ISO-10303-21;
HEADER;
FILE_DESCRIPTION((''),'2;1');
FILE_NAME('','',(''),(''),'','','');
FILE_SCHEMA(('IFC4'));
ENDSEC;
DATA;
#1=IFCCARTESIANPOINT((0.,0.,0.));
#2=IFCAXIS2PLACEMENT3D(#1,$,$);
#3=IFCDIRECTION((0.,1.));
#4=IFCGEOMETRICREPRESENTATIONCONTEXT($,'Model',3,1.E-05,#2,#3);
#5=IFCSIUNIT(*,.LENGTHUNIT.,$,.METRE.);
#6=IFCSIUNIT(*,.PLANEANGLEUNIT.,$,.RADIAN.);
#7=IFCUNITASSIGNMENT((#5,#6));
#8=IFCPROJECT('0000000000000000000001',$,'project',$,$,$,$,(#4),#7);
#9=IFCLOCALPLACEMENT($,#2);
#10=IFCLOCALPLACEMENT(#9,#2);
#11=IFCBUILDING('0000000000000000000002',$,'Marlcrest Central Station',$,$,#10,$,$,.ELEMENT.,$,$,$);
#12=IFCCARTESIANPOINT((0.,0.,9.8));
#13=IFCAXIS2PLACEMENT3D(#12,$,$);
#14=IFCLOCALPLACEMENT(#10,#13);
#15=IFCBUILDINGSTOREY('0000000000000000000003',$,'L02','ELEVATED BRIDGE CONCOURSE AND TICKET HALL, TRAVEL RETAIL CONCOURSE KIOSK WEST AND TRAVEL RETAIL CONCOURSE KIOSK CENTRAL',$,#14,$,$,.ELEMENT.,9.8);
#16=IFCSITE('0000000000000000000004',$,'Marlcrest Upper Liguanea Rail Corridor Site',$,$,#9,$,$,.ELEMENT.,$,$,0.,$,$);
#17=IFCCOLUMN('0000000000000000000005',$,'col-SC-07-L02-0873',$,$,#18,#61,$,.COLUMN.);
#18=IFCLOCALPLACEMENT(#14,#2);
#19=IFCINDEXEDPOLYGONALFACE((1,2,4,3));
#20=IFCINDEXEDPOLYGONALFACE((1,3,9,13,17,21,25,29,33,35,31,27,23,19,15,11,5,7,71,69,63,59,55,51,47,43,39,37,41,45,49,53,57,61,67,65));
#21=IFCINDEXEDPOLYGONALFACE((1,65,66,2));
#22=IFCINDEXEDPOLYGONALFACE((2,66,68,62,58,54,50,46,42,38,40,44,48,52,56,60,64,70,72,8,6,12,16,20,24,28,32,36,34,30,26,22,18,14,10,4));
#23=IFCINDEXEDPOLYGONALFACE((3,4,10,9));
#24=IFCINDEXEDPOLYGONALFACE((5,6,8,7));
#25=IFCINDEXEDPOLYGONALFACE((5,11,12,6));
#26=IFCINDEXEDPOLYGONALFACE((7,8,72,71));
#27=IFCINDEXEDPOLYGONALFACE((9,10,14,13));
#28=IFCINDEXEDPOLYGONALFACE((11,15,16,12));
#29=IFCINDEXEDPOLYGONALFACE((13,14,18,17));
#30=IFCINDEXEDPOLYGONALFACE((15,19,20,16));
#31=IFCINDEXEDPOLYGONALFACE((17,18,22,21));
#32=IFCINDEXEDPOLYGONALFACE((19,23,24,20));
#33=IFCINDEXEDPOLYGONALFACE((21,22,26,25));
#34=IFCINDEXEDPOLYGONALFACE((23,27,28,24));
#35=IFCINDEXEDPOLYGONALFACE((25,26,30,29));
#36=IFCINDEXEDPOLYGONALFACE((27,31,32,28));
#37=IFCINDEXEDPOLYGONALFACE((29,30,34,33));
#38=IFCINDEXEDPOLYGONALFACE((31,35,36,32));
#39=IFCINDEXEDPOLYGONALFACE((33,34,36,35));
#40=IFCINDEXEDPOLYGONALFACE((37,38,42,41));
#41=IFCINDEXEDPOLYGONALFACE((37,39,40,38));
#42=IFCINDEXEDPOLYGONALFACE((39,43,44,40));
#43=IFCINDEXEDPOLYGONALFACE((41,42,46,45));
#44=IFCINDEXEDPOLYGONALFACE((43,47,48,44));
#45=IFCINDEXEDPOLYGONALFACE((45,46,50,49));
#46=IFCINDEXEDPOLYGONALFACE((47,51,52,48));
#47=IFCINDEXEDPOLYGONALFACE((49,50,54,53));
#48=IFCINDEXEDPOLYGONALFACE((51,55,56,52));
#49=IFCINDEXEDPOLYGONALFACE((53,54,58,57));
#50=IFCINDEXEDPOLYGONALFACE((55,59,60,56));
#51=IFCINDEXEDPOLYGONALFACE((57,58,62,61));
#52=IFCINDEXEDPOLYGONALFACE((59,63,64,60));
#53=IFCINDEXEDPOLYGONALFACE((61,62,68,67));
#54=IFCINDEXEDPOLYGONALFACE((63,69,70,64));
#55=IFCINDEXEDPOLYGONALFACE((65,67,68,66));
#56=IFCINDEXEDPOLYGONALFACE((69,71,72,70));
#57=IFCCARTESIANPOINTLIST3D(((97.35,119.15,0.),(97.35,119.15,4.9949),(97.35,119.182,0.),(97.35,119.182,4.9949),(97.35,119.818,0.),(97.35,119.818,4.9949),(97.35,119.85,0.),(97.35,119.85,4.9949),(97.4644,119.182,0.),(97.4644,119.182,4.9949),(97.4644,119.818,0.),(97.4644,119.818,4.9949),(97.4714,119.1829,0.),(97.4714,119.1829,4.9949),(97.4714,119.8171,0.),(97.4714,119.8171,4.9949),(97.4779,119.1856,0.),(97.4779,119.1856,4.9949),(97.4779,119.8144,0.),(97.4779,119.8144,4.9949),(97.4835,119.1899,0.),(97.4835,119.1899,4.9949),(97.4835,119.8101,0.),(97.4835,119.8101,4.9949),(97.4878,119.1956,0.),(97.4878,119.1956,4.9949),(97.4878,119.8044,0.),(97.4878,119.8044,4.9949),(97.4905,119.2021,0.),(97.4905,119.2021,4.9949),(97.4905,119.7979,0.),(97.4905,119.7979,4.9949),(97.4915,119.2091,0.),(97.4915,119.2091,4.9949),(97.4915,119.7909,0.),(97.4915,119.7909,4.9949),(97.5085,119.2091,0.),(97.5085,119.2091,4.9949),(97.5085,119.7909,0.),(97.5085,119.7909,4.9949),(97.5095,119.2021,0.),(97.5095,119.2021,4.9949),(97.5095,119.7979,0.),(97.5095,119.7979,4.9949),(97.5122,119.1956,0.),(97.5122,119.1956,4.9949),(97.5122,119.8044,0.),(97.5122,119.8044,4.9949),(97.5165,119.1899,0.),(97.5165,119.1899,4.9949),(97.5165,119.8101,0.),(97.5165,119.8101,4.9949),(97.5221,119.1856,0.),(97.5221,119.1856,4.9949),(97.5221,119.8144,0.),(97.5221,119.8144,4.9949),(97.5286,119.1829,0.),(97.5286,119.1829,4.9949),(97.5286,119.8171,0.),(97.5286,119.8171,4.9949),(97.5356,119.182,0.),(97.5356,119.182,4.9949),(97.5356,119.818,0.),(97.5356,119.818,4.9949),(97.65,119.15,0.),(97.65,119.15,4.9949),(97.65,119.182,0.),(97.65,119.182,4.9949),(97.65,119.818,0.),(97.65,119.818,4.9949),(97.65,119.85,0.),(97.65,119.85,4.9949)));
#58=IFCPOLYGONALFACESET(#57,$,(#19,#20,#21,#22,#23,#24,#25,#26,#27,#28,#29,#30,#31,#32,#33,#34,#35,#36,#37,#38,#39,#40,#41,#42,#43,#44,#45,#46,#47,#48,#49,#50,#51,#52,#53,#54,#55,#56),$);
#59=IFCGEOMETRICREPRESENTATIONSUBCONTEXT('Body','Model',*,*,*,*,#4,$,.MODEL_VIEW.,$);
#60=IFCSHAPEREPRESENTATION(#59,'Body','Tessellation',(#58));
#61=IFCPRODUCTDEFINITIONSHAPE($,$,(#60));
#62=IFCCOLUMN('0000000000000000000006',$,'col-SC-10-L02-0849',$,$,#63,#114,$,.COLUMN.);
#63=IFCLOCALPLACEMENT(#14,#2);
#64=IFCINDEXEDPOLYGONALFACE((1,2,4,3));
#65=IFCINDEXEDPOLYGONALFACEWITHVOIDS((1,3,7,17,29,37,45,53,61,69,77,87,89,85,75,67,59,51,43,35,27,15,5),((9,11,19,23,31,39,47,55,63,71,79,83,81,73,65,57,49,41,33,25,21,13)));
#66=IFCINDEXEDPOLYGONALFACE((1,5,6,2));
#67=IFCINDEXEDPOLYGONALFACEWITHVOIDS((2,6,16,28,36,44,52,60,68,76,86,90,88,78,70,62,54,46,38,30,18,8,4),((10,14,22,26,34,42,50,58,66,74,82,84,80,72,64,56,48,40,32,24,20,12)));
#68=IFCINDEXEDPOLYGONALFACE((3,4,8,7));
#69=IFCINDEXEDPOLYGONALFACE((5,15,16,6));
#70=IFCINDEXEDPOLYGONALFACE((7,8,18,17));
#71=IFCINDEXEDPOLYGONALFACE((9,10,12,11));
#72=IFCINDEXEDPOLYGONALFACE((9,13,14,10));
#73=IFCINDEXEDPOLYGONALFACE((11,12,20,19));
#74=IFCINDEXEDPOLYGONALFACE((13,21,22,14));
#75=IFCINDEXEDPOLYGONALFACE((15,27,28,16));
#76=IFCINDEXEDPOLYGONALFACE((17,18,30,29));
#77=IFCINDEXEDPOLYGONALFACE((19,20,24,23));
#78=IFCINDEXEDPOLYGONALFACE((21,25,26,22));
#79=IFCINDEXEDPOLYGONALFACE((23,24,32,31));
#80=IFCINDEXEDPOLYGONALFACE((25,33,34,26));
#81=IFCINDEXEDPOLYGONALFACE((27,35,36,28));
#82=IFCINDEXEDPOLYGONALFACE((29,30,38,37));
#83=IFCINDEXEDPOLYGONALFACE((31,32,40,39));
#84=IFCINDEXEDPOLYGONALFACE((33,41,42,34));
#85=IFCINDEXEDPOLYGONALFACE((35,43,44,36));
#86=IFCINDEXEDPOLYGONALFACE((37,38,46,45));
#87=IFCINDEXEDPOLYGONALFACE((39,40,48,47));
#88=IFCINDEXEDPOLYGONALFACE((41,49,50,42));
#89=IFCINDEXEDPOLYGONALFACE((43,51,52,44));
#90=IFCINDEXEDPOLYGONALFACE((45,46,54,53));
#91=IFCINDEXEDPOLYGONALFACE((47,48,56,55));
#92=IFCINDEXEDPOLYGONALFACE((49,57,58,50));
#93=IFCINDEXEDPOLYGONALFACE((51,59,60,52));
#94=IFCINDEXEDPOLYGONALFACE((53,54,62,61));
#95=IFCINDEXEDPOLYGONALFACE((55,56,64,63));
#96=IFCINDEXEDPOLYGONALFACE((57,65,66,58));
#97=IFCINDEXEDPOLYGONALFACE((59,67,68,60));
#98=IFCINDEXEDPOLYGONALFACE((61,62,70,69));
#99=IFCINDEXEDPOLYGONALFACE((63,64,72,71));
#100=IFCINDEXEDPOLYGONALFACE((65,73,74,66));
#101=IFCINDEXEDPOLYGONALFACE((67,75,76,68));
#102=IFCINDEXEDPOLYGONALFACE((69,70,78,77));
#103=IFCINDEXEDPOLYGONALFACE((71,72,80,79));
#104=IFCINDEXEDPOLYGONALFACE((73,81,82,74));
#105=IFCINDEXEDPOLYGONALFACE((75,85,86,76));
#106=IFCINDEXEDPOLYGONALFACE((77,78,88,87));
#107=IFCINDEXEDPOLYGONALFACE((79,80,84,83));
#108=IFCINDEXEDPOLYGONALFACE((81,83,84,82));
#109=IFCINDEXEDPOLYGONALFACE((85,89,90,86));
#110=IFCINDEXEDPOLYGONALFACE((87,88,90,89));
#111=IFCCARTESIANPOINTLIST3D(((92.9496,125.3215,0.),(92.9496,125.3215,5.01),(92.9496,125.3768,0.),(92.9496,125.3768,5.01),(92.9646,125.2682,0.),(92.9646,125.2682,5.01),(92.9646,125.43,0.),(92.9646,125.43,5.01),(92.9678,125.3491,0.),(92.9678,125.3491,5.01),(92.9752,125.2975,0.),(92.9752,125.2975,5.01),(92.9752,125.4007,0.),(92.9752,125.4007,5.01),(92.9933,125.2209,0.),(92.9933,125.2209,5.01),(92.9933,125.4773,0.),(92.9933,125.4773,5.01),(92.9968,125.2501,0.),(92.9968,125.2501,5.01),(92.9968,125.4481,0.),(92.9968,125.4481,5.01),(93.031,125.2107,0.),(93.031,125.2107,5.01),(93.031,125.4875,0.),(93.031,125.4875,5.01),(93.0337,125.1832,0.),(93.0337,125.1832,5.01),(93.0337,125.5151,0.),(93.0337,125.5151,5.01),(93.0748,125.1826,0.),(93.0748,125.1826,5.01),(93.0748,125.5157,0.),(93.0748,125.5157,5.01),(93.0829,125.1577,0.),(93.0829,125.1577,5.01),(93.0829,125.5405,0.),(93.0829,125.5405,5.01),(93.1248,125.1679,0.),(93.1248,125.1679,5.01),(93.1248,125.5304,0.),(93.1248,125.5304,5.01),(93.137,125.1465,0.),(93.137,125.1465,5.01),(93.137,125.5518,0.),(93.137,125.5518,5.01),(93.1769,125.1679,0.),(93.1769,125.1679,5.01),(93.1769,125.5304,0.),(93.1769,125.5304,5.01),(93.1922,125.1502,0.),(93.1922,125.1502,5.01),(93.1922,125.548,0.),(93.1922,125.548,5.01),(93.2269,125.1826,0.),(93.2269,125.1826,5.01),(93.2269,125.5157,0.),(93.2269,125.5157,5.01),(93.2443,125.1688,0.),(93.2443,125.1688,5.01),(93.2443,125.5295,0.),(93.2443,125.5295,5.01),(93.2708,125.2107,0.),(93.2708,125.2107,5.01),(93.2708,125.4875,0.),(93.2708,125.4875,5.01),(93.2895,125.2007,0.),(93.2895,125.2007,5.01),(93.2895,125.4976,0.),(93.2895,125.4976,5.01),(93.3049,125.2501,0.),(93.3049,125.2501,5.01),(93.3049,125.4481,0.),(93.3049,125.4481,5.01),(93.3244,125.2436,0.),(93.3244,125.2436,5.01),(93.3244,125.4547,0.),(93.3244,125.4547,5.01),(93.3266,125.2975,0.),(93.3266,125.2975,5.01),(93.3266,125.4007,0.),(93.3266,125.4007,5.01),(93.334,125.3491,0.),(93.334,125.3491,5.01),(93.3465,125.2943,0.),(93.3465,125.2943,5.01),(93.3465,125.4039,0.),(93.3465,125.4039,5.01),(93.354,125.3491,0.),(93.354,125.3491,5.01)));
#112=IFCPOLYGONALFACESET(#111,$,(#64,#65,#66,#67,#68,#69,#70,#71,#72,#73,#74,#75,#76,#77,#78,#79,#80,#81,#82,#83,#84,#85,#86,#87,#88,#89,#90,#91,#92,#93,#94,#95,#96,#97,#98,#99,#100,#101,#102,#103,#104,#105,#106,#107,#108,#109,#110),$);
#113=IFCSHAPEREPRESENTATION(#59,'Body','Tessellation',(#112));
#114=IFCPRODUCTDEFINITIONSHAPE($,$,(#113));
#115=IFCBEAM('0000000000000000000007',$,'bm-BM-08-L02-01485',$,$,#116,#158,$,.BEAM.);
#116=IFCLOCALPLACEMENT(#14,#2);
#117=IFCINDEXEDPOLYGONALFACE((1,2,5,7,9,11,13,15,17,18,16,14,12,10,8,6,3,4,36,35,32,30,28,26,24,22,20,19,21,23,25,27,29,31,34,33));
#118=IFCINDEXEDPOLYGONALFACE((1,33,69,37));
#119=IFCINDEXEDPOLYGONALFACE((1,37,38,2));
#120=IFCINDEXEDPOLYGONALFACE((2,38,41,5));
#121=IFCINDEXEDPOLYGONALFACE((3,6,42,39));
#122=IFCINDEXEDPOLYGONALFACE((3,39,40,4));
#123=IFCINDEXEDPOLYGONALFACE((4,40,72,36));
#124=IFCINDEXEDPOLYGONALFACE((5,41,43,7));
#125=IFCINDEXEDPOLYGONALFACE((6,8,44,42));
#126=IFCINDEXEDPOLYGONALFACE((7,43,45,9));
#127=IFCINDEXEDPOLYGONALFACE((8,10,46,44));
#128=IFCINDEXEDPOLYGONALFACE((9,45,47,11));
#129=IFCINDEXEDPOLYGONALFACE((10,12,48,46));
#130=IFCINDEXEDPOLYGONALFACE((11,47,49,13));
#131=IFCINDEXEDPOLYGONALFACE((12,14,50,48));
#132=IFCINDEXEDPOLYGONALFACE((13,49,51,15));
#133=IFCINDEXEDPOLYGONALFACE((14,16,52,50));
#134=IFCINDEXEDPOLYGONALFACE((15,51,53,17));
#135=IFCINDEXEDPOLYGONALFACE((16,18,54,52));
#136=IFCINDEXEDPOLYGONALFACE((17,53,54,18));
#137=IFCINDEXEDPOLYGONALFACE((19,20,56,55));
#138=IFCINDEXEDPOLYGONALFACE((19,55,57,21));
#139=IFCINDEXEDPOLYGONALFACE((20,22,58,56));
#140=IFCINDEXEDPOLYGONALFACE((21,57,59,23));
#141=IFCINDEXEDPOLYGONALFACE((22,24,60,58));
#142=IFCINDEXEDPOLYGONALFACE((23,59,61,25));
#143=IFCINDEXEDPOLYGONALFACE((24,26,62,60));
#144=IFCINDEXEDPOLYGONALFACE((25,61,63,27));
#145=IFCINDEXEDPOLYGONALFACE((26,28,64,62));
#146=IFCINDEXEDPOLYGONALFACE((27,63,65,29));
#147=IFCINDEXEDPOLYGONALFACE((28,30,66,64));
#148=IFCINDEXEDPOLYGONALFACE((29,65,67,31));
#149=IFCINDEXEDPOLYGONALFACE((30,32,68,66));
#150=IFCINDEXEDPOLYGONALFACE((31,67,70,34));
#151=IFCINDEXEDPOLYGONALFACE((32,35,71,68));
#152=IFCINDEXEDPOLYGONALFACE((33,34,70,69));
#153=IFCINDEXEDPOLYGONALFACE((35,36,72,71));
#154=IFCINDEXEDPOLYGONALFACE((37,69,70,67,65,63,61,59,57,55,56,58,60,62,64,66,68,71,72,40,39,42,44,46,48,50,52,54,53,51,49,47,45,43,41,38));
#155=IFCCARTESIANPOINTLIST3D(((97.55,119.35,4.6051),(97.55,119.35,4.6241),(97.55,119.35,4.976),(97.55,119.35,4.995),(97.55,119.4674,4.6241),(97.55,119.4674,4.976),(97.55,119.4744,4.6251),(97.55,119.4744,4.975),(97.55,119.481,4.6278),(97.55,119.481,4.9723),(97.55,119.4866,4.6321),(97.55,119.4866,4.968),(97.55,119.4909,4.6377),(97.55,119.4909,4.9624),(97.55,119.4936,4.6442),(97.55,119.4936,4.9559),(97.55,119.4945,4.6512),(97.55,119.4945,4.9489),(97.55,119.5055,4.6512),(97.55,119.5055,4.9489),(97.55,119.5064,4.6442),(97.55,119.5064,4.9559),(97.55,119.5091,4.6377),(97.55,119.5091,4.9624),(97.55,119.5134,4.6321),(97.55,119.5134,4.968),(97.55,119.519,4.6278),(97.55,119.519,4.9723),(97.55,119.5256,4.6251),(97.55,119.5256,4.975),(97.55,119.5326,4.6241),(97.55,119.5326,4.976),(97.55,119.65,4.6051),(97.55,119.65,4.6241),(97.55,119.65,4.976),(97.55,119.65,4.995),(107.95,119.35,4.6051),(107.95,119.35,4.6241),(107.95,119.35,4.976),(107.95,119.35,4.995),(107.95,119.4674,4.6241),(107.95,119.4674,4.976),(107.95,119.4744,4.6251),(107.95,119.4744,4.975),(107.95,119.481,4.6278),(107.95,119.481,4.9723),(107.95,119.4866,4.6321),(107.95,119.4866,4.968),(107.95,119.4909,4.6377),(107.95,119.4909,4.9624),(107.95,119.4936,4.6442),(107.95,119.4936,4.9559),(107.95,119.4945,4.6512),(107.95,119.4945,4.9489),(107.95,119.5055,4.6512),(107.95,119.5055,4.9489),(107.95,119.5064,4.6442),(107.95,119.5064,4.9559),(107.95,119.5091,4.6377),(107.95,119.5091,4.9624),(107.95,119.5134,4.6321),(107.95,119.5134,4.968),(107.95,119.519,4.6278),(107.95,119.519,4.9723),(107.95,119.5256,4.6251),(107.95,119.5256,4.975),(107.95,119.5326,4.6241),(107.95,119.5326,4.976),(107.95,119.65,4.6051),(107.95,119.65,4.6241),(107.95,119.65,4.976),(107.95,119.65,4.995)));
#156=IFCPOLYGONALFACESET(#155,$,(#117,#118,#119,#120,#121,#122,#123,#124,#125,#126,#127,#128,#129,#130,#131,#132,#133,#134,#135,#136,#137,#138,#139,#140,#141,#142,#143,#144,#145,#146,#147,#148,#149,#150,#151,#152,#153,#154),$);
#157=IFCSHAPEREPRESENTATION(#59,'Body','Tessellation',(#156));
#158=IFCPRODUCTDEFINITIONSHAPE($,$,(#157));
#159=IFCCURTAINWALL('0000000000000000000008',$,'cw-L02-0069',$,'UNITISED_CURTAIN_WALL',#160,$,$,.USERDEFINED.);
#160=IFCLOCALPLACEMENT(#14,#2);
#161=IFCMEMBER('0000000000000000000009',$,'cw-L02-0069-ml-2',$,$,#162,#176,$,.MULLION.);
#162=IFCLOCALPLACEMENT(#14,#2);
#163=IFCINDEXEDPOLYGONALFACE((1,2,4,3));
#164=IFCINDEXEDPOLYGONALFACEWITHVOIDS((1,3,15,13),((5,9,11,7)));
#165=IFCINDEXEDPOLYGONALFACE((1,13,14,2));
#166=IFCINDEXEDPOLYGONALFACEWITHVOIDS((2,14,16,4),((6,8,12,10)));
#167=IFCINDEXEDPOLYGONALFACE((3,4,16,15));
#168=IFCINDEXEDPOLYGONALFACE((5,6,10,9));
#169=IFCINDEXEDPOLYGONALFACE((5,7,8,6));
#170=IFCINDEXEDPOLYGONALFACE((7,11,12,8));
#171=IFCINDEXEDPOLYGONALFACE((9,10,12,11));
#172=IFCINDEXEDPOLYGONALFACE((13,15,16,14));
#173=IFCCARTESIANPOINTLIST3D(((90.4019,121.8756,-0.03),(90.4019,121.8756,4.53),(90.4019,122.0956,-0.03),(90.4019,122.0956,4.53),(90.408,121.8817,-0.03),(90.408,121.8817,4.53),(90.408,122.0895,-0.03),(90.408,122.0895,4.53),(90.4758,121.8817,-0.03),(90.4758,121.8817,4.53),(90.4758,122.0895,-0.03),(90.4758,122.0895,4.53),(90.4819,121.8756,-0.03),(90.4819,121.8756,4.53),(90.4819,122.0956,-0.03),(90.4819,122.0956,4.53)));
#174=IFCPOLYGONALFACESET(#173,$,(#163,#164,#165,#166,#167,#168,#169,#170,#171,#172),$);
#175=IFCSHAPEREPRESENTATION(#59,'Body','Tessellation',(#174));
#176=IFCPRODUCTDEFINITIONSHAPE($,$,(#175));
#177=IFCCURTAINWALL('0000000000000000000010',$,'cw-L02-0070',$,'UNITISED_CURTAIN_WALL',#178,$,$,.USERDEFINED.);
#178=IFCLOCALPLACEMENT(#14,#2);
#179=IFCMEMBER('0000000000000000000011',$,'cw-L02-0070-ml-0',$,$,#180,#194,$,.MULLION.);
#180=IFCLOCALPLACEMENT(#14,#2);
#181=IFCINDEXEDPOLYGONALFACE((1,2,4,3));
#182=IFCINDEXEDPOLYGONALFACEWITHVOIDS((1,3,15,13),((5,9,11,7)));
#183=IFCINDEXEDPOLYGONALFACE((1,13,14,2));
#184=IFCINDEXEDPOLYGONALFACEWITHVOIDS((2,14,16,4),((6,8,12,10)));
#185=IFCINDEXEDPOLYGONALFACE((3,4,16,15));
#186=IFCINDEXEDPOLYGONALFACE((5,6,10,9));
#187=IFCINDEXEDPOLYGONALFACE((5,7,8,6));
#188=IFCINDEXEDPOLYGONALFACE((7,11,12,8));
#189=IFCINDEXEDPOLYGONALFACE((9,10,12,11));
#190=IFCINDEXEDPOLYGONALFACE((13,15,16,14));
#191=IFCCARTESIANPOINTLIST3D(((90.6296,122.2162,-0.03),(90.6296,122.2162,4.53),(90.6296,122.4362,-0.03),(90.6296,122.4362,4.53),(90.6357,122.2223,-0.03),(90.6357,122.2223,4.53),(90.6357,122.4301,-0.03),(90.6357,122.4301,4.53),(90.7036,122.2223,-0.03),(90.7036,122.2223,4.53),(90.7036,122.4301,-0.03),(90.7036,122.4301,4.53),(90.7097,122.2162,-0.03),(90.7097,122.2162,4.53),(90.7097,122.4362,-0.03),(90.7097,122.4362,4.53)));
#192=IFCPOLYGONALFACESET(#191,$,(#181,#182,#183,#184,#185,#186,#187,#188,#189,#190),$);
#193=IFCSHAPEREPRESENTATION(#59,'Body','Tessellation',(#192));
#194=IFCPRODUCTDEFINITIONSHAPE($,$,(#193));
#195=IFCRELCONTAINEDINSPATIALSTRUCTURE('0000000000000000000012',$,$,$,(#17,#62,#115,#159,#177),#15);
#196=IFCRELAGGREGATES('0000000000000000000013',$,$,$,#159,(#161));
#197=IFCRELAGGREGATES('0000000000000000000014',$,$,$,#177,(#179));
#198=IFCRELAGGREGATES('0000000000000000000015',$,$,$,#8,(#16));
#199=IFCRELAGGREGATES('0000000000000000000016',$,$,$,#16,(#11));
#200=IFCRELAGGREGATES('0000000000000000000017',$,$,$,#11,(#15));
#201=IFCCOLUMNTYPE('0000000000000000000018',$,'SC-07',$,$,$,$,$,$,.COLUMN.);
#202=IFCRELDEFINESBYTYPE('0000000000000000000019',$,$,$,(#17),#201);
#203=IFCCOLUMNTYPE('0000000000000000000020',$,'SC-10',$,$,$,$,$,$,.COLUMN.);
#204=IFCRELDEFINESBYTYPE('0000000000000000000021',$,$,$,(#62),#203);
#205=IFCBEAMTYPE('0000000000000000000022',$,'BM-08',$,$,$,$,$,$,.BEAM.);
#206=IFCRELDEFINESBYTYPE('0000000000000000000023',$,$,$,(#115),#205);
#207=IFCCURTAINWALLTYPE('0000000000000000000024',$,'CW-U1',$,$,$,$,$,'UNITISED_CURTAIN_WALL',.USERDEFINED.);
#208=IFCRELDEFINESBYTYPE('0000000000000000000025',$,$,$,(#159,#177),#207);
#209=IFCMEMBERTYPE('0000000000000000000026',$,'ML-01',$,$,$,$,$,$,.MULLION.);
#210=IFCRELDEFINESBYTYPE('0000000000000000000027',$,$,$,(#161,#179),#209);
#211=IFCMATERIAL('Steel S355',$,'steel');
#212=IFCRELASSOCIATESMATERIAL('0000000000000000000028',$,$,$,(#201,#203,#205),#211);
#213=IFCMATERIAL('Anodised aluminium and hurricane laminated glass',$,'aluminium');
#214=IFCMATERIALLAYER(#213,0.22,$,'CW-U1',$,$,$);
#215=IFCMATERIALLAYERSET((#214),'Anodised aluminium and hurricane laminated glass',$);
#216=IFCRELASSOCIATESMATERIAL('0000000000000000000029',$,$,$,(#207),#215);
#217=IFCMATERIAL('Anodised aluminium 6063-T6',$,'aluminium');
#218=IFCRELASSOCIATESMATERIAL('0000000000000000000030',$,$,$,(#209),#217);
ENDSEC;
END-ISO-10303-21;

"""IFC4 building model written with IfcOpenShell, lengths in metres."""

from ifc_helpers import new_model, si_unit, direction, frame, origin, origin_2d, place, context, subcontext, project, spatial, hollow_rectangle, hollow_circle, i_section, extrude, material, layer, layer_set, material_profile, profile_set, type_object, element, aggregate, save


model = new_model("IFC4")

# Units and contexts
model_context = context("Model", 3, precision=1e-05, world=origin(), true_north=direction((0.0, 1.0)))
body_context = subcontext(model_context, "Body", "Model", "MODEL_VIEW")
ifc_project = project(units=[si_unit("LENGTHUNIT", "METRE"), si_unit("PLANEANGLEUNIT", "RADIAN")], contexts=[model_context])

# Site, building, storey
site_placement = place(None, origin())
site = spatial("IfcSite", under=ifc_project, at=site_placement, Name="Marlcrest Upper Liguanea Rail Corridor Site", CompositionType="ELEMENT", RefElevation=0.0)
building_placement = place(site_placement, origin())
building = spatial("IfcBuilding", under=site, at=building_placement, Name="Marlcrest Central Station", CompositionType="ELEMENT")
storey_placement = place(building_placement, frame((0.0, 0.0, 9.8)))
storey = spatial("IfcBuildingStorey", under=building, at=storey_placement, Name="L02", Description="ELEVATED BRIDGE CONCOURSE AND TICKET HALL, TRAVEL RETAIL CONCOURSE KIOSK WEST AND TRAVEL RETAIL CONCOURSE KIOSK CENTRAL", CompositionType="ELEMENT", Elevation=9.8)

# Columns
ifc_material_1 = material(Name="Steel S355", Category="steel")
ifc_material_profile_1 = material_profile(ifc_material_1, i_section(OverallWidth=0.3, OverallDepth=0.7, WebThickness=0.0171, FlangeThickness=0.032, FilletRadius=0.0271, at=origin_2d()), Name="HEB 700")
ifc_profile_set_1 = profile_set([ifc_material_profile_1], Name="Steel S355")
column_type_1 = type_object("IfcColumnType", Name="SC-07", PredefinedType="COLUMN", material=ifc_profile_set_1)
column_1_placement = place(storey_placement, frame((97.5, 119.5, 0.0), z_axis=(0.0, 0.0, 1.0), x_axis=(1.0, 0.0, 0.0)))
element("IfcColumn", 1, at=column_1_placement, inside=storey, type_object=column_type_1, Name="col-SC-07-L02-0873", PredefinedType="COLUMN", context=body_context, shape_type="SweptSolid", body=[
    extrude(i_section(OverallWidth=0.3, OverallDepth=0.7, WebThickness=0.0171, FlangeThickness=0.032, FilletRadius=0.0271, at=origin_2d()), origin(), (0.0, 0.0, 1.0), 4.9949),
])
ifc_material_profile_2 = material_profile(ifc_material_1, hollow_circle(Radius=0.2031, WallThickness=0.02, at=origin_2d()), Name="CHS 406.4x20")
ifc_profile_set_2 = profile_set([ifc_material_profile_2], Name="Steel S355")
column_type_2 = type_object("IfcColumnType", Name="SC-10", PredefinedType="COLUMN", material=ifc_profile_set_2)
column_2_placement = place(storey_placement, frame((93.1509, 125.3491, 0.0), z_axis=(0.0, 0.0, 1.0), x_axis=(1.0, 0.0, 0.0)))
element("IfcColumn", 2, at=column_2_placement, inside=storey, type_object=column_type_2, Name="col-SC-10-L02-0849", PredefinedType="COLUMN", context=body_context, shape_type="SweptSolid", body=[
    extrude(hollow_circle(Radius=0.2031, WallThickness=0.02, at=origin_2d()), origin(), (0.0, 0.0, 1.0), 5.01),
])

# Beam
ifc_material_profile_3 = material_profile(ifc_material_1, i_section(OverallWidth=0.3, OverallDepth=0.3899, WebThickness=0.011, FlangeThickness=0.019, FilletRadius=0.0271, at=origin_2d()), Name="HEA 400")
ifc_profile_set_3 = profile_set([ifc_material_profile_3], Name="Steel S355")
beam_type_1 = type_object("IfcBeamType", Name="BM-08", PredefinedType="BEAM", material=ifc_profile_set_3)
beam_1_placement = place(storey_placement, frame((97.55, 119.5, 4.8), z_axis=(1.0, 0.0, 0.0), x_axis=(0.0, 1.0, 0.0)))
element("IfcBeam", 3, at=beam_1_placement, inside=storey, type_object=beam_type_1, Name="bm-BM-08-L02-01485", PredefinedType="BEAM", context=body_context, shape_type="SweptSolid", body=[
    extrude(i_section(OverallWidth=0.3, OverallDepth=0.3899, WebThickness=0.011, FlangeThickness=0.019, FilletRadius=0.0271, at=origin_2d()), origin(), (0.0, 0.0, 1.0), 10.3999),
])

# Curtain wall, member
ifc_material_2 = material(Name="Anodised aluminium and hurricane laminated glass", Category="aluminium")
ifc_layer_1 = layer(ifc_material_2, 0.22, Name="CW-U1")
ifc_layer_set_1 = layer_set([ifc_layer_1], Name="Anodised aluminium and hurricane laminated glass")
curtain_wall_type = type_object("IfcCurtainWallType", Name="CW-U1", ElementType="UNITISED_CURTAIN_WALL", PredefinedType="USERDEFINED", material=ifc_layer_set_1)
curtain_wall_1_placement = place(storey_placement, origin())
curtain_wall_1 = element("IfcCurtainWall", 4, at=curtain_wall_1_placement, inside=storey, type_object=curtain_wall_type, Name="cw-L02-0069", ObjectType="UNITISED_CURTAIN_WALL", PredefinedType="USERDEFINED")
ifc_material_3 = material(Name="Anodised aluminium 6063-T6", Category="aluminium")
ifc_material_profile_4 = material_profile(ifc_material_3, hollow_rectangle(XDim=0.0801, YDim=0.22, WallThickness=0.0061, at=origin_2d()), Name="AA-RHS 220x80x6")
ifc_profile_set_4 = profile_set([ifc_material_profile_4], Name="Anodised aluminium 6063-T6")
member_type_1 = type_object("IfcMemberType", Name="ML-01", PredefinedType="MULLION", material=ifc_profile_set_4)
member_1_placement = place(storey_placement, frame((90.4419, 121.9856, -0.03), z_axis=(0.0, 0.0, 1.0), x_axis=(1.0, 0.0, 0.0)))
member_1 = element("IfcMember", 5, at=member_1_placement, type_object=member_type_1, Name="cw-L02-0069-ml-2", PredefinedType="MULLION", context=body_context, shape_type="SweptSolid", body=[
    extrude(hollow_rectangle(XDim=0.0801, YDim=0.22, WallThickness=0.0061, at=origin_2d()), origin(), (0.0, 0.0, 1.0), 4.5601),
])

# Curtain wall, member
curtain_wall_2_placement = place(storey_placement, origin())
curtain_wall_2 = element("IfcCurtainWall", 6, at=curtain_wall_2_placement, inside=storey, type_object=curtain_wall_type, Name="cw-L02-0070", ObjectType="UNITISED_CURTAIN_WALL", PredefinedType="USERDEFINED")
member_2_placement = place(storey_placement, frame((90.6697, 122.3262, -0.03), z_axis=(0.0, 0.0, 1.0), x_axis=(1.0, 0.0, 0.0)))
member_2 = element("IfcMember", 7, at=member_2_placement, type_object=member_type_1, Name="cw-L02-0070-ml-0", PredefinedType="MULLION", context=body_context, shape_type="SweptSolid", body=[
    extrude(hollow_rectangle(XDim=0.0801, YDim=0.22, WallThickness=0.0061, at=origin_2d()), origin(), (0.0, 0.0, 1.0), 4.5601),
])

aggregate(curtain_wall_1, [member_1])
aggregate(curtain_wall_2, [member_2])

save(model, "model.ifc")
